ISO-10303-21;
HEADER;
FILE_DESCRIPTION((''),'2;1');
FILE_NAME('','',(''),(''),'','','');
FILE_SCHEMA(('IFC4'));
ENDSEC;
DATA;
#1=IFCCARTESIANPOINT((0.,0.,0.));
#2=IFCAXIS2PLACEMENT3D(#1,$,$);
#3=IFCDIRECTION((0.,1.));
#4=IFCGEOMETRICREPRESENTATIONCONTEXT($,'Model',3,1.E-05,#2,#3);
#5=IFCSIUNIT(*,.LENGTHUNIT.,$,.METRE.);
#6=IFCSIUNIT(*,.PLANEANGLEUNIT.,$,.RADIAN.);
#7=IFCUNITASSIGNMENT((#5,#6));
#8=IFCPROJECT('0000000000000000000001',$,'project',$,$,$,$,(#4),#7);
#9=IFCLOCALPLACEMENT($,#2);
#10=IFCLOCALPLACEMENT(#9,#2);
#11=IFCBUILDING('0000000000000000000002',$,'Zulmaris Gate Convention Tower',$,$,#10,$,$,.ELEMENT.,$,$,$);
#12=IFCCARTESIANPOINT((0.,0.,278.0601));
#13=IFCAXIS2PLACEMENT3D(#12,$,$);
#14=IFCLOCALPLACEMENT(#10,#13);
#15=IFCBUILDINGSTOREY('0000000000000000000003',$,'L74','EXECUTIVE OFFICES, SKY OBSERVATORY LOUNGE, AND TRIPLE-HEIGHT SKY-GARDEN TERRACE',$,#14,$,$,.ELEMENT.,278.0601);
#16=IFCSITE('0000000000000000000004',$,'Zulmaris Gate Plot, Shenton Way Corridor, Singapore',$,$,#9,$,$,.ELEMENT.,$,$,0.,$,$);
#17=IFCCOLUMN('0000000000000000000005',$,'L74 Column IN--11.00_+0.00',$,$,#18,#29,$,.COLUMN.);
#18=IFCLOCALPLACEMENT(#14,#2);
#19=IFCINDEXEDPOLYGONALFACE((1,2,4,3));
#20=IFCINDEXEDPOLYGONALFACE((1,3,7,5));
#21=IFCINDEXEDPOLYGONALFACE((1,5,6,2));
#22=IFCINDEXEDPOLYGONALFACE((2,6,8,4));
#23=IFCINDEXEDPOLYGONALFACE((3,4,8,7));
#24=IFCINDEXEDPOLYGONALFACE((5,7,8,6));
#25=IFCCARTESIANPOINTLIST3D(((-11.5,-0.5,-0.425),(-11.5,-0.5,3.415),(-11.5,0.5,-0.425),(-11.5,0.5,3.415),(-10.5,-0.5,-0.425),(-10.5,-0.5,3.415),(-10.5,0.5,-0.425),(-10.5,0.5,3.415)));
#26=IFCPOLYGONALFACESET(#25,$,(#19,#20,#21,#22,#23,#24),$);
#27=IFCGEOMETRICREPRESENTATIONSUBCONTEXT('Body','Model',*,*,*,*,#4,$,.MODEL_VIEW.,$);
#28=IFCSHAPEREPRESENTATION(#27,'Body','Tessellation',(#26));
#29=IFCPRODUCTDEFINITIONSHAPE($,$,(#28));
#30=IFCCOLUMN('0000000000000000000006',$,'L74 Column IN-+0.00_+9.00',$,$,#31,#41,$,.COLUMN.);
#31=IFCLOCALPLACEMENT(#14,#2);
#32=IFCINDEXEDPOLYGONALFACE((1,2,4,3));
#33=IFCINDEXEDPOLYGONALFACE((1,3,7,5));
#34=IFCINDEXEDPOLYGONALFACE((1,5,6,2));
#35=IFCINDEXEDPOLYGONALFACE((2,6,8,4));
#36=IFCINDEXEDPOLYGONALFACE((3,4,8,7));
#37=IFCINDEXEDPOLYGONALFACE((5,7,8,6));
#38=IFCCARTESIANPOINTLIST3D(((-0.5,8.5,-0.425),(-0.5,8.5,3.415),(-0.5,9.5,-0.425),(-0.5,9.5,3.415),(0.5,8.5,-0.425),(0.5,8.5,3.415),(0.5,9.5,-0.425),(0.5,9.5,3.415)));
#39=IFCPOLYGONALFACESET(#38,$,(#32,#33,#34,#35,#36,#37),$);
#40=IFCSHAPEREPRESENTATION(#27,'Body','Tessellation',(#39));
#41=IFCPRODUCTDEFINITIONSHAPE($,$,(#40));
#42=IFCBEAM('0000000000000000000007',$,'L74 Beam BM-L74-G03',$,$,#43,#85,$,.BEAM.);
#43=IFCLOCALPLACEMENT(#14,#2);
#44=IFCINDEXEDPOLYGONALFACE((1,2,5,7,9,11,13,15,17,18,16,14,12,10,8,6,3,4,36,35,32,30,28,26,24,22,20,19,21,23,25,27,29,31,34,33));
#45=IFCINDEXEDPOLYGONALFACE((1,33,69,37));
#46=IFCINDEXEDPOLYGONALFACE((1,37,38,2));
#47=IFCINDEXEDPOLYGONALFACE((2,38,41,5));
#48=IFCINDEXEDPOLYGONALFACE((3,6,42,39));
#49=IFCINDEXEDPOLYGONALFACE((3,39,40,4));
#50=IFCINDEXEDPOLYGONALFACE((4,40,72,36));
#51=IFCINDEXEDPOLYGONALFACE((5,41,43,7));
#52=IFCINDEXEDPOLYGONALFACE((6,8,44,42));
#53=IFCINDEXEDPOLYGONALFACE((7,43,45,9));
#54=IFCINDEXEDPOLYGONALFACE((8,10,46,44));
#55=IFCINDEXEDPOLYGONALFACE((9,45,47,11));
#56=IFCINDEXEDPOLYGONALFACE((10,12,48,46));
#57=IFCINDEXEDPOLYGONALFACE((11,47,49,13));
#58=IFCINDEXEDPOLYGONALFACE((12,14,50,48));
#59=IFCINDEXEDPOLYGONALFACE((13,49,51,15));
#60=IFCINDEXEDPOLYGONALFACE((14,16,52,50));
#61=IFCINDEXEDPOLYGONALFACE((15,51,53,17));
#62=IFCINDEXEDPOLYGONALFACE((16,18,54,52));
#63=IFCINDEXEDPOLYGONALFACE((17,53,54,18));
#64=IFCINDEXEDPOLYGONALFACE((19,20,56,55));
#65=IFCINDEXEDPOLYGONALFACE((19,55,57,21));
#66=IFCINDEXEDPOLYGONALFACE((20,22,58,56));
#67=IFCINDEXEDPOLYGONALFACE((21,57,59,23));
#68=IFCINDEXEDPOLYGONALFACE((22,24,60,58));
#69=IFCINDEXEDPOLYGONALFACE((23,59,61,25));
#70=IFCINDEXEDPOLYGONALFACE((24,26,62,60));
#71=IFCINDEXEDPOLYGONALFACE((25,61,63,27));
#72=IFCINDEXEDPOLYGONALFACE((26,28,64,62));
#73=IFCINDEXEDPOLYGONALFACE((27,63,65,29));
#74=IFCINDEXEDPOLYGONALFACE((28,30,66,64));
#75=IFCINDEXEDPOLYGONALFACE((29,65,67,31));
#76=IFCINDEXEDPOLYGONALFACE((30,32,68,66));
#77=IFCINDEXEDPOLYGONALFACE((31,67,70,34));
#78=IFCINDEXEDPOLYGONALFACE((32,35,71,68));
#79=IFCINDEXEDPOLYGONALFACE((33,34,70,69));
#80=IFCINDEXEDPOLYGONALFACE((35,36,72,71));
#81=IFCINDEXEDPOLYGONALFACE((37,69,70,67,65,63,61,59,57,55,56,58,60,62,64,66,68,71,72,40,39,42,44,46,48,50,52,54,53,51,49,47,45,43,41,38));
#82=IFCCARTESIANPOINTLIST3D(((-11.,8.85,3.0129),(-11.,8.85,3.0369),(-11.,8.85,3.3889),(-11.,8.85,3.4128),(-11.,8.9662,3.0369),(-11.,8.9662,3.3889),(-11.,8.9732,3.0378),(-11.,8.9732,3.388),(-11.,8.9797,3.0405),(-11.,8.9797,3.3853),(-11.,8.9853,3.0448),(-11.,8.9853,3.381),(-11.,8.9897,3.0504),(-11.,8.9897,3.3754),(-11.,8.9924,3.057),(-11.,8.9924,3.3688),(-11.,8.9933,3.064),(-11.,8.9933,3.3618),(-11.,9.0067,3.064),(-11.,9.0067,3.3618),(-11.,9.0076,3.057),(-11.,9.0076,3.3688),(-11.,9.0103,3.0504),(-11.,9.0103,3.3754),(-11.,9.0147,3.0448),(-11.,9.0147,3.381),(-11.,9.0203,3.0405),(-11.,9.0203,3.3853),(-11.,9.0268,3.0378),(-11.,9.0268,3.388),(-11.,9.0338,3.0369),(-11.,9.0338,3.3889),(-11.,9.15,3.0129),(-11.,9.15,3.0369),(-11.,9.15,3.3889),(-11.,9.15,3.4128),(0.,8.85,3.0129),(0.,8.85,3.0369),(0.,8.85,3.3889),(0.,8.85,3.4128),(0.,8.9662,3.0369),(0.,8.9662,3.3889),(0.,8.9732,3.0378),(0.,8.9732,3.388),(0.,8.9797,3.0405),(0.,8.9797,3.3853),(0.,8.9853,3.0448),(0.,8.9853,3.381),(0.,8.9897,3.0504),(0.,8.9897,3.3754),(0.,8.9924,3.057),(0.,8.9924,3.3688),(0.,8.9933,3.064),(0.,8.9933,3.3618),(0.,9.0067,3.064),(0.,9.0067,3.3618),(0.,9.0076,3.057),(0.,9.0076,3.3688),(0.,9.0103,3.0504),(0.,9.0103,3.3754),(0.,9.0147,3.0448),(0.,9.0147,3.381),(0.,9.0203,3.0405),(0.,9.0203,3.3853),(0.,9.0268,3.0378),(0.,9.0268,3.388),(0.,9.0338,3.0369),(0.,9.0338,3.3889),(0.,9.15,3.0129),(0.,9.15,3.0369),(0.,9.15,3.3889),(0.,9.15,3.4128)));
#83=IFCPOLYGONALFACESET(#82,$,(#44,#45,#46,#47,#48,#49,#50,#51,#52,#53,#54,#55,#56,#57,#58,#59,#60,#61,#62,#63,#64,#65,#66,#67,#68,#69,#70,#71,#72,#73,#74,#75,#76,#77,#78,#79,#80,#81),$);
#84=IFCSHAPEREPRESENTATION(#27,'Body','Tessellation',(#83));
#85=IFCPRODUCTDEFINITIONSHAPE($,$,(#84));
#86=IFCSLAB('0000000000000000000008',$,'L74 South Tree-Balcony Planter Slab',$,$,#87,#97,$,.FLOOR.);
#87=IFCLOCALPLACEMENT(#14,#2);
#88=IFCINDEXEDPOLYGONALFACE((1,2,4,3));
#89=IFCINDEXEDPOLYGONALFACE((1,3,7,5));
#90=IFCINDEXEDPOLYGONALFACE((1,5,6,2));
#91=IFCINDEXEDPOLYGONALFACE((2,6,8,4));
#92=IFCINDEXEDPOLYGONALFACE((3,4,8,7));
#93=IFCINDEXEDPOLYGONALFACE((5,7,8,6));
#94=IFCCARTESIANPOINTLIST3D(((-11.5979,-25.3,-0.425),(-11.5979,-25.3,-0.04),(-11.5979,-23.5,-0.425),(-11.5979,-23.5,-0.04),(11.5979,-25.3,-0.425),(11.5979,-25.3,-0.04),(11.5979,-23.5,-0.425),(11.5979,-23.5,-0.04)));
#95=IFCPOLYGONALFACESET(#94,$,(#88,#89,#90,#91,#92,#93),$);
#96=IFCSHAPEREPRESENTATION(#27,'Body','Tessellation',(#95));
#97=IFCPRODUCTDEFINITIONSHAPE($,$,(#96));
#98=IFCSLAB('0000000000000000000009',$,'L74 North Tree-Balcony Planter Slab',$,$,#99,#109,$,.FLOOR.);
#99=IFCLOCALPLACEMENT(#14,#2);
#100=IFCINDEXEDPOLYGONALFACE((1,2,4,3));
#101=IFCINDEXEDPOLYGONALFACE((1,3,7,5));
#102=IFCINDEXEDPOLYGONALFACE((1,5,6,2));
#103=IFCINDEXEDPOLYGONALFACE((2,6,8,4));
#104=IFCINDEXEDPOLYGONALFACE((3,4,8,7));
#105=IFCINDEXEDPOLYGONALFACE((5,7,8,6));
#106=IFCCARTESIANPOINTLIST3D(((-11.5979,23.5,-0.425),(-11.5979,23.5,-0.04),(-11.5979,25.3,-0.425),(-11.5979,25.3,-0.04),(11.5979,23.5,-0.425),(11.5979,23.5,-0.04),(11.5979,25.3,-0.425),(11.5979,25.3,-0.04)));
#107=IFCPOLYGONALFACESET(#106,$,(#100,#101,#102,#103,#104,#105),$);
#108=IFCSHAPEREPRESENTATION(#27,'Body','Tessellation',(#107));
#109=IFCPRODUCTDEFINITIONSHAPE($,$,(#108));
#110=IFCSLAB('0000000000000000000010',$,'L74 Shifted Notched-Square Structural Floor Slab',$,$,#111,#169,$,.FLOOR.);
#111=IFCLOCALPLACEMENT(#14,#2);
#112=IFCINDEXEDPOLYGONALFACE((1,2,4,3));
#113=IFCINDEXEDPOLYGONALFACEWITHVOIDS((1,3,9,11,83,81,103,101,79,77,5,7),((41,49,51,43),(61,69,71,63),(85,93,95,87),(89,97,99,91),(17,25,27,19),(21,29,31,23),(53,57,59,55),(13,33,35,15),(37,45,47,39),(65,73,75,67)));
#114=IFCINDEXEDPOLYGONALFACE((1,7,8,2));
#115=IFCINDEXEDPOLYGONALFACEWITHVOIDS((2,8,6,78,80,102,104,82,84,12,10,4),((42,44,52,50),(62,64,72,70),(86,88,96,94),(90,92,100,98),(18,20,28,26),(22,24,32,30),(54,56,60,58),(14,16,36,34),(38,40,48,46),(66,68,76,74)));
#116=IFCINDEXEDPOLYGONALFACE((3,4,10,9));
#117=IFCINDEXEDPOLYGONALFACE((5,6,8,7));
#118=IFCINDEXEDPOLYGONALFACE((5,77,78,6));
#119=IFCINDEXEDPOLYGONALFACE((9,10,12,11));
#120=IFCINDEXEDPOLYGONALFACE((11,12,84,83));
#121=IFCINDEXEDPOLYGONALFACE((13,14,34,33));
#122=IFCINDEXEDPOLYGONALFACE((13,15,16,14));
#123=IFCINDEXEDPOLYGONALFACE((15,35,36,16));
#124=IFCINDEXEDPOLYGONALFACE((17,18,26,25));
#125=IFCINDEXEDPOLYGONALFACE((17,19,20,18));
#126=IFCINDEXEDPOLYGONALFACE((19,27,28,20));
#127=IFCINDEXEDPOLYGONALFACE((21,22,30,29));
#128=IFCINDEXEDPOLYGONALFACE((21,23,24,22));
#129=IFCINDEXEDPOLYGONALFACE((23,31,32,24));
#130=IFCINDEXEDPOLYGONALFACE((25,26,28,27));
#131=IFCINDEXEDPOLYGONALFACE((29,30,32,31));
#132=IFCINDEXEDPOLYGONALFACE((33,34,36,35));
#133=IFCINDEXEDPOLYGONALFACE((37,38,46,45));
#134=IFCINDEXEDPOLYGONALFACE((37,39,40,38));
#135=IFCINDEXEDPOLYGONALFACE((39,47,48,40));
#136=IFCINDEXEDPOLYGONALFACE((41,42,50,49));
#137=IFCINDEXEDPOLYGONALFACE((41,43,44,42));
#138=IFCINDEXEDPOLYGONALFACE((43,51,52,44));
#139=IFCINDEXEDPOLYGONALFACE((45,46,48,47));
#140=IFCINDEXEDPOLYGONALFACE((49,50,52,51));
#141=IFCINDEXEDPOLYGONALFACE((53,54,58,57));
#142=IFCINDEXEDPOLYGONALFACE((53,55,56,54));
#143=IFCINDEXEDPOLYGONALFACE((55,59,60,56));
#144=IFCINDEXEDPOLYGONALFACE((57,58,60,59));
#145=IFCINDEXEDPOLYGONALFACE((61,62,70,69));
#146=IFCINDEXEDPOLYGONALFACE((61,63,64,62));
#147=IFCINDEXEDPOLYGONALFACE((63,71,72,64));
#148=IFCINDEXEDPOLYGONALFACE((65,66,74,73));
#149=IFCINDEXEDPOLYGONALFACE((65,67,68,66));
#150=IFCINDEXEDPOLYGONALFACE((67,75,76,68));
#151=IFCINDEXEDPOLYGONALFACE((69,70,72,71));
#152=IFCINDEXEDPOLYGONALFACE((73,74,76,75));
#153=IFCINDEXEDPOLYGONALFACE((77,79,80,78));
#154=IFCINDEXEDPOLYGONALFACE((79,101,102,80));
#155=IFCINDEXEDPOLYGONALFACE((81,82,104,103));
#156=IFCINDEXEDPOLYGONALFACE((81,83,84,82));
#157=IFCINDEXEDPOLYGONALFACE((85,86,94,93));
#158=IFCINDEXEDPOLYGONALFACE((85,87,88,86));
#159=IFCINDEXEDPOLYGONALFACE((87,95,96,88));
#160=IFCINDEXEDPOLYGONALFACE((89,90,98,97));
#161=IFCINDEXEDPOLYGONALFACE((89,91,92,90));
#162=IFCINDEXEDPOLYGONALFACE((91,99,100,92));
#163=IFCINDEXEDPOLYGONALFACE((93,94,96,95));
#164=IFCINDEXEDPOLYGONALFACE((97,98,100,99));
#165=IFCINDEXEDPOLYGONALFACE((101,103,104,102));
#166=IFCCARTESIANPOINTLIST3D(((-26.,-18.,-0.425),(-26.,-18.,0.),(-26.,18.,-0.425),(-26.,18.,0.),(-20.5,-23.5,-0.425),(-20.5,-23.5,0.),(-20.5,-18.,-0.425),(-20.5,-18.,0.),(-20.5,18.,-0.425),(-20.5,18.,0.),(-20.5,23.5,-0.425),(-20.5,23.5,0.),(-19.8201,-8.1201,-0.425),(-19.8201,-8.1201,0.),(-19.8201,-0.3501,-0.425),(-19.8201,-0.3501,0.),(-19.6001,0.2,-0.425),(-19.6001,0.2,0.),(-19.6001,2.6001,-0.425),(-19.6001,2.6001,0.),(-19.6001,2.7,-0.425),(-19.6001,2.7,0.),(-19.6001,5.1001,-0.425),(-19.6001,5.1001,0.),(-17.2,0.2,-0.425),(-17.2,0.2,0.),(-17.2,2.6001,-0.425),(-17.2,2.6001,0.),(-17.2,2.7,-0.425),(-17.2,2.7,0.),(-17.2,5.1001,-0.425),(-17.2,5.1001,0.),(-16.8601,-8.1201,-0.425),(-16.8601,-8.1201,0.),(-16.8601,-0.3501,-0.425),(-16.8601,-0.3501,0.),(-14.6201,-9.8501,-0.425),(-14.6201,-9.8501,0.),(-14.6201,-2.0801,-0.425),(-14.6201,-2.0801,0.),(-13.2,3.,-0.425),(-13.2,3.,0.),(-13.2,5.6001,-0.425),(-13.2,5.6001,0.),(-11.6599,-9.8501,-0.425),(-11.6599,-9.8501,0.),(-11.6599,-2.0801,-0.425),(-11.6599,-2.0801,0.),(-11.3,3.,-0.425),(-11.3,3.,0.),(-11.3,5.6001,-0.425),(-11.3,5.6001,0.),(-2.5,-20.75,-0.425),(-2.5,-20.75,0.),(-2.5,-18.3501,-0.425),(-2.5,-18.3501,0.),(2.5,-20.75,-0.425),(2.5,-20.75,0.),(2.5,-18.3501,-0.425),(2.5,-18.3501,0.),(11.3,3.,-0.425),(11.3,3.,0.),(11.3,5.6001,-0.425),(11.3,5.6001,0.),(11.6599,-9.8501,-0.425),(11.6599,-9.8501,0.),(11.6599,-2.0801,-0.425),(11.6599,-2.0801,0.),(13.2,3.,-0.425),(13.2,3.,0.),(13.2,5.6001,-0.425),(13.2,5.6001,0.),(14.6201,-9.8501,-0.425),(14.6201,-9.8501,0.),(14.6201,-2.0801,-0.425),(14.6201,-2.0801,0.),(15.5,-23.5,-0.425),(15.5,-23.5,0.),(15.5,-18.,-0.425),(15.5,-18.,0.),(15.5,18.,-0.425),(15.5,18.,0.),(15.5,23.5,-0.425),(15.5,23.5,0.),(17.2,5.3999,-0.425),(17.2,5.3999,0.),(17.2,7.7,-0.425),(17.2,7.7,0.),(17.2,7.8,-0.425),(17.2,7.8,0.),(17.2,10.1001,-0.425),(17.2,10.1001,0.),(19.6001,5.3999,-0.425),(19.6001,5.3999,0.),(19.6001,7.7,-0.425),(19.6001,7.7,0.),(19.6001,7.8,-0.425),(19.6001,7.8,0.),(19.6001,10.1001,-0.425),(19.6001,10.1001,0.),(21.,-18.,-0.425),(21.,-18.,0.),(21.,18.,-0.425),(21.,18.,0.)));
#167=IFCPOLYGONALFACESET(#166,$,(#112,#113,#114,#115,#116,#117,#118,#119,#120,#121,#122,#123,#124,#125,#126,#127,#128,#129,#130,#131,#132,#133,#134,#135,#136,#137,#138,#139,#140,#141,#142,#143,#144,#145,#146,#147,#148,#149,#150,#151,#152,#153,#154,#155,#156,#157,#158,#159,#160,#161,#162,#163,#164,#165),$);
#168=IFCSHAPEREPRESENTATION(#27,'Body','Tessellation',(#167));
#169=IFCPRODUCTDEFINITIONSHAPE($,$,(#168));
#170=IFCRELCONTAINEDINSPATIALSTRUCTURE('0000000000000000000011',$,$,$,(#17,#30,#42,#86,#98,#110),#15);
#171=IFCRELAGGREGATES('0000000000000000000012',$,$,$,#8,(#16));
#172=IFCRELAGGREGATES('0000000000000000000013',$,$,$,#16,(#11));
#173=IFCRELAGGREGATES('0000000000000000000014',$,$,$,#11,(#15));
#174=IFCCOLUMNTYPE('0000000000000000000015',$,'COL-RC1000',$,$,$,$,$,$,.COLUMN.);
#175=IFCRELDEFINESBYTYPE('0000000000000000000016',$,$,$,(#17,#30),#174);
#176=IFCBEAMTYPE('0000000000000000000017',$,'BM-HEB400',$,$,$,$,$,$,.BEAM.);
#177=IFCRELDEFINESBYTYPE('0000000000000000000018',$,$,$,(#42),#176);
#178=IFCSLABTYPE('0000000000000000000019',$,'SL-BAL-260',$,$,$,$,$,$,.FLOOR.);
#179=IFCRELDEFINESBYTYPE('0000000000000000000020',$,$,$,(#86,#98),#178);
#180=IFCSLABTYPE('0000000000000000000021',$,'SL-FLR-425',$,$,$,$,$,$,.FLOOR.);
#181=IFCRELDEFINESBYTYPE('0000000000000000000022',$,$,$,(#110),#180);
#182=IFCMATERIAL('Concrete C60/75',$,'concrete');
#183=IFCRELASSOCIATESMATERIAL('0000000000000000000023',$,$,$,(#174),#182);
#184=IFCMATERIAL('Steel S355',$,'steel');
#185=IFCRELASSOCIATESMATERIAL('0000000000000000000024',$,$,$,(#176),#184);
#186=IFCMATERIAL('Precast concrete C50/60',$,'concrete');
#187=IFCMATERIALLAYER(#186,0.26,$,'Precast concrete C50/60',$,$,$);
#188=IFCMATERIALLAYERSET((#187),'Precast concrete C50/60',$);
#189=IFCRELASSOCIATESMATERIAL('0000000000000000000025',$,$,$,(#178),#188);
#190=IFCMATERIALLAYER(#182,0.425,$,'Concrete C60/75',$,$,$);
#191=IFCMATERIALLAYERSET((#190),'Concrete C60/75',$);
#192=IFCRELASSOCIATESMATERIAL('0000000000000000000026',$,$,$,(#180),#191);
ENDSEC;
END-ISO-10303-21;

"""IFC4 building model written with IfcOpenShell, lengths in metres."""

from ifc_helpers import new_model, si_unit, direction, frame, origin, origin_2d, place, context, subcontext, project, spatial, polyline, rectangle, i_section, outline, extrude, material, layer, layer_set, material_profile, profile_set, type_object, element, save


model = new_model("IFC4")

# Units and contexts
model_context = context("Model", 3, precision=1e-05, world=origin(), true_north=direction((0.0, 1.0)))
body_context = subcontext(model_context, "Body", "Model", "MODEL_VIEW")
ifc_project = project(units=[si_unit("LENGTHUNIT", "METRE"), si_unit("PLANEANGLEUNIT", "RADIAN")], contexts=[model_context])

# Site, building, storey
site_placement = place(None, origin())
site = spatial("IfcSite", under=ifc_project, at=site_placement, Name="Zulmaris Gate Plot, Shenton Way Corridor, Singapore", CompositionType="ELEMENT", RefElevation=0.0)
building_placement = place(site_placement, origin())
building = spatial("IfcBuilding", under=site, at=building_placement, Name="Zulmaris Gate Convention Tower", CompositionType="ELEMENT")
storey_placement = place(building_placement, frame((0.0, 0.0, 278.0601)))
storey = spatial("IfcBuildingStorey", under=building, at=storey_placement, Name="L74", Description="EXECUTIVE OFFICES, SKY OBSERVATORY LOUNGE, AND TRIPLE-HEIGHT SKY-GARDEN TERRACE", CompositionType="ELEMENT", Elevation=278.0601)

# Columns
ifc_material_1 = material(Name="Concrete C60/75", Category="concrete")
ifc_material_profile_1 = material_profile(ifc_material_1, rectangle(XDim=1.0, YDim=1.0, at=origin_2d()), Name="RC COL 1000x1000")
ifc_profile_set_1 = profile_set([ifc_material_profile_1], Name="Concrete C60/75")
column_type = type_object("IfcColumnType", Name="COL-RC1000", PredefinedType="COLUMN", material=ifc_profile_set_1)
for number, where, z_axis, x_axis, name in (
    (1, (-11.0, 0.0, -0.425), (0.0, 0.0, 1.0), (1.0, 0.0, 0.0), "L74 Column IN--11.00_+0.00"),
    (2, (0.0, 9.0, -0.425), (0.0, 0.0, 1.0), (1.0, 0.0, 0.0), "L74 Column IN-+0.00_+9.00"),
):
    element("IfcColumn", number, at=place(storey_placement, frame(where, z_axis=z_axis, x_axis=x_axis)), inside=storey, type_object=column_type, Name=name, PredefinedType="COLUMN", context=body_context, shape_type="SweptSolid", body=[
        extrude(rectangle(XDim=1.0, YDim=1.0, at=origin_2d()), origin(), (0.0, 0.0, 1.0), 3.8401),
    ])

# Beam
ifc_material_2 = material(Name="Steel S355", Category="steel")
ifc_material_profile_2 = material_profile(ifc_material_2, i_section(OverallWidth=0.3, OverallDepth=0.3999, WebThickness=0.0134, FlangeThickness=0.0239, FilletRadius=0.0271, at=origin_2d()), Name="HEB 400")
ifc_profile_set_2 = profile_set([ifc_material_profile_2], Name="Steel S355")
beam_type = type_object("IfcBeamType", Name="BM-HEB400", PredefinedType="BEAM", material=ifc_profile_set_2)
beam_placement = place(storey_placement, frame((-11.0, 9.0, 3.2129), z_axis=(1.0, 0.0, 0.0), x_axis=(0.0, 1.0, 0.0)))
element("IfcBeam", 3, at=beam_placement, inside=storey, type_object=beam_type, Name="L74 Beam BM-L74-G03", PredefinedType="BEAM", context=body_context, shape_type="SweptSolid", body=[
    extrude(i_section(OverallWidth=0.3, OverallDepth=0.3999, WebThickness=0.0134, FlangeThickness=0.0239, FilletRadius=0.0271, at=origin_2d()), origin(), (0.0, 0.0, 1.0), 11.0),
])

# Slabs
ifc_material_3 = material(Name="Precast concrete C50/60", Category="concrete")
ifc_layer_1 = layer(ifc_material_3, 0.26, Name="Precast concrete C50/60")
ifc_layer_set_1 = layer_set([ifc_layer_1], Name="Precast concrete C50/60")
slab_type_1 = type_object("IfcSlabType", Name="SL-BAL-260", PredefinedType="FLOOR", material=ifc_layer_set_1)
slab_1_placement = place(storey_placement, frame((0.0, 0.0, -0.425)))
element("IfcSlab", 4, at=slab_1_placement, inside=storey, type_object=slab_type_1, Name="L74 South Tree-Balcony Planter Slab", PredefinedType="FLOOR", context=body_context, shape_type="SweptSolid", body=[
    extrude(outline(polyline([(-11.5979, -25.3), (-11.5979, -23.5), (11.5979, -23.5), (11.5979, -25.3), (-11.5979, -25.3)])), origin(), (0.0, 0.0, 1.0), 0.385),
])
slab_2_placement = place(storey_placement, frame((0.0, 0.0, -0.425)))
element("IfcSlab", 5, at=slab_2_placement, inside=storey, type_object=slab_type_1, Name="L74 North Tree-Balcony Planter Slab", PredefinedType="FLOOR", context=body_context, shape_type="SweptSolid", body=[
    extrude(outline(polyline([(11.5979, 25.3), (11.5979, 23.5), (-11.5979, 23.5), (-11.5979, 25.3), (11.5979, 25.3)])), origin(), (0.0, 0.0, 1.0), 0.385),
])
ifc_layer_2 = layer(ifc_material_1, 0.425, Name="Concrete C60/75")
ifc_layer_set_2 = layer_set([ifc_layer_2], Name="Concrete C60/75")
slab_type_2 = type_object("IfcSlabType", Name="SL-FLR-425", PredefinedType="FLOOR", material=ifc_layer_set_2)
slab_3_placement = place(storey_placement, frame((0.0, 0.0, -0.425)))
element("IfcSlab", 6, at=slab_3_placement, inside=storey, type_object=slab_type_2, Name="L74 Shifted Notched-Square Structural Floor Slab", PredefinedType="FLOOR", context=body_context, shape_type="SweptSolid", body=[
    extrude(outline(polyline([(-20.5, -23.5), (15.5, -23.5), (15.5, -18.0), (21.0, -18.0), (21.0, 18.0), (15.5, 18.0), (15.5, 23.5), (-20.5, 23.5), (-20.5, 18.0), (-26.0, 18.0), (-26.0, -18.0), (-20.5, -18.0), (-20.5, -23.5)]), holes=[polyline([(-14.6201, -2.0801), (-14.6201, -9.8501), (-11.6599, -9.8501), (-11.6599, -2.0801), (-14.6201, -2.0801)]), polyline([(11.6599, -2.0801), (11.6599, -9.8501), (14.6201, -9.8501), (14.6201, -2.0801), (11.6599, -2.0801)]), polyline([(-16.8601, -8.1201), (-16.8601, -0.3501), (-19.8201, -0.3501), (-19.8201, -8.1201), (-16.8601, -8.1201)]), polyline([(-13.2, 3.0), (-11.3, 3.0), (-11.3, 5.6001), (-13.2, 5.6001), (-13.2, 3.0)]), polyline([(11.3, 3.0), (13.2, 3.0), (13.2, 5.6001), (11.3, 5.6001), (11.3, 3.0)]), polyline([(17.2, 5.3999), (19.6001, 5.3999), (19.6001, 7.7), (17.2, 7.7), (17.2, 5.3999)]), polyline([(17.2, 7.8), (19.6001, 7.8), (19.6001, 10.1001), (17.2, 10.1001), (17.2, 7.8)]), polyline([(-19.6001, 0.2), (-17.2, 0.2), (-17.2, 2.6001), (-19.6001, 2.6001), (-19.6001, 0.2)]), polyline([(-19.6001, 2.7), (-17.2, 2.7), (-17.2, 5.1001), (-19.6001, 5.1001), (-19.6001, 2.7)]), polyline([(-2.5, -20.75), (2.5, -20.75), (2.5, -18.3501), (-2.5, -18.3501), (-2.5, -20.75)])]), origin(), (0.0, 0.0, 1.0), 0.425),
])

save(model, "model.ifc")
